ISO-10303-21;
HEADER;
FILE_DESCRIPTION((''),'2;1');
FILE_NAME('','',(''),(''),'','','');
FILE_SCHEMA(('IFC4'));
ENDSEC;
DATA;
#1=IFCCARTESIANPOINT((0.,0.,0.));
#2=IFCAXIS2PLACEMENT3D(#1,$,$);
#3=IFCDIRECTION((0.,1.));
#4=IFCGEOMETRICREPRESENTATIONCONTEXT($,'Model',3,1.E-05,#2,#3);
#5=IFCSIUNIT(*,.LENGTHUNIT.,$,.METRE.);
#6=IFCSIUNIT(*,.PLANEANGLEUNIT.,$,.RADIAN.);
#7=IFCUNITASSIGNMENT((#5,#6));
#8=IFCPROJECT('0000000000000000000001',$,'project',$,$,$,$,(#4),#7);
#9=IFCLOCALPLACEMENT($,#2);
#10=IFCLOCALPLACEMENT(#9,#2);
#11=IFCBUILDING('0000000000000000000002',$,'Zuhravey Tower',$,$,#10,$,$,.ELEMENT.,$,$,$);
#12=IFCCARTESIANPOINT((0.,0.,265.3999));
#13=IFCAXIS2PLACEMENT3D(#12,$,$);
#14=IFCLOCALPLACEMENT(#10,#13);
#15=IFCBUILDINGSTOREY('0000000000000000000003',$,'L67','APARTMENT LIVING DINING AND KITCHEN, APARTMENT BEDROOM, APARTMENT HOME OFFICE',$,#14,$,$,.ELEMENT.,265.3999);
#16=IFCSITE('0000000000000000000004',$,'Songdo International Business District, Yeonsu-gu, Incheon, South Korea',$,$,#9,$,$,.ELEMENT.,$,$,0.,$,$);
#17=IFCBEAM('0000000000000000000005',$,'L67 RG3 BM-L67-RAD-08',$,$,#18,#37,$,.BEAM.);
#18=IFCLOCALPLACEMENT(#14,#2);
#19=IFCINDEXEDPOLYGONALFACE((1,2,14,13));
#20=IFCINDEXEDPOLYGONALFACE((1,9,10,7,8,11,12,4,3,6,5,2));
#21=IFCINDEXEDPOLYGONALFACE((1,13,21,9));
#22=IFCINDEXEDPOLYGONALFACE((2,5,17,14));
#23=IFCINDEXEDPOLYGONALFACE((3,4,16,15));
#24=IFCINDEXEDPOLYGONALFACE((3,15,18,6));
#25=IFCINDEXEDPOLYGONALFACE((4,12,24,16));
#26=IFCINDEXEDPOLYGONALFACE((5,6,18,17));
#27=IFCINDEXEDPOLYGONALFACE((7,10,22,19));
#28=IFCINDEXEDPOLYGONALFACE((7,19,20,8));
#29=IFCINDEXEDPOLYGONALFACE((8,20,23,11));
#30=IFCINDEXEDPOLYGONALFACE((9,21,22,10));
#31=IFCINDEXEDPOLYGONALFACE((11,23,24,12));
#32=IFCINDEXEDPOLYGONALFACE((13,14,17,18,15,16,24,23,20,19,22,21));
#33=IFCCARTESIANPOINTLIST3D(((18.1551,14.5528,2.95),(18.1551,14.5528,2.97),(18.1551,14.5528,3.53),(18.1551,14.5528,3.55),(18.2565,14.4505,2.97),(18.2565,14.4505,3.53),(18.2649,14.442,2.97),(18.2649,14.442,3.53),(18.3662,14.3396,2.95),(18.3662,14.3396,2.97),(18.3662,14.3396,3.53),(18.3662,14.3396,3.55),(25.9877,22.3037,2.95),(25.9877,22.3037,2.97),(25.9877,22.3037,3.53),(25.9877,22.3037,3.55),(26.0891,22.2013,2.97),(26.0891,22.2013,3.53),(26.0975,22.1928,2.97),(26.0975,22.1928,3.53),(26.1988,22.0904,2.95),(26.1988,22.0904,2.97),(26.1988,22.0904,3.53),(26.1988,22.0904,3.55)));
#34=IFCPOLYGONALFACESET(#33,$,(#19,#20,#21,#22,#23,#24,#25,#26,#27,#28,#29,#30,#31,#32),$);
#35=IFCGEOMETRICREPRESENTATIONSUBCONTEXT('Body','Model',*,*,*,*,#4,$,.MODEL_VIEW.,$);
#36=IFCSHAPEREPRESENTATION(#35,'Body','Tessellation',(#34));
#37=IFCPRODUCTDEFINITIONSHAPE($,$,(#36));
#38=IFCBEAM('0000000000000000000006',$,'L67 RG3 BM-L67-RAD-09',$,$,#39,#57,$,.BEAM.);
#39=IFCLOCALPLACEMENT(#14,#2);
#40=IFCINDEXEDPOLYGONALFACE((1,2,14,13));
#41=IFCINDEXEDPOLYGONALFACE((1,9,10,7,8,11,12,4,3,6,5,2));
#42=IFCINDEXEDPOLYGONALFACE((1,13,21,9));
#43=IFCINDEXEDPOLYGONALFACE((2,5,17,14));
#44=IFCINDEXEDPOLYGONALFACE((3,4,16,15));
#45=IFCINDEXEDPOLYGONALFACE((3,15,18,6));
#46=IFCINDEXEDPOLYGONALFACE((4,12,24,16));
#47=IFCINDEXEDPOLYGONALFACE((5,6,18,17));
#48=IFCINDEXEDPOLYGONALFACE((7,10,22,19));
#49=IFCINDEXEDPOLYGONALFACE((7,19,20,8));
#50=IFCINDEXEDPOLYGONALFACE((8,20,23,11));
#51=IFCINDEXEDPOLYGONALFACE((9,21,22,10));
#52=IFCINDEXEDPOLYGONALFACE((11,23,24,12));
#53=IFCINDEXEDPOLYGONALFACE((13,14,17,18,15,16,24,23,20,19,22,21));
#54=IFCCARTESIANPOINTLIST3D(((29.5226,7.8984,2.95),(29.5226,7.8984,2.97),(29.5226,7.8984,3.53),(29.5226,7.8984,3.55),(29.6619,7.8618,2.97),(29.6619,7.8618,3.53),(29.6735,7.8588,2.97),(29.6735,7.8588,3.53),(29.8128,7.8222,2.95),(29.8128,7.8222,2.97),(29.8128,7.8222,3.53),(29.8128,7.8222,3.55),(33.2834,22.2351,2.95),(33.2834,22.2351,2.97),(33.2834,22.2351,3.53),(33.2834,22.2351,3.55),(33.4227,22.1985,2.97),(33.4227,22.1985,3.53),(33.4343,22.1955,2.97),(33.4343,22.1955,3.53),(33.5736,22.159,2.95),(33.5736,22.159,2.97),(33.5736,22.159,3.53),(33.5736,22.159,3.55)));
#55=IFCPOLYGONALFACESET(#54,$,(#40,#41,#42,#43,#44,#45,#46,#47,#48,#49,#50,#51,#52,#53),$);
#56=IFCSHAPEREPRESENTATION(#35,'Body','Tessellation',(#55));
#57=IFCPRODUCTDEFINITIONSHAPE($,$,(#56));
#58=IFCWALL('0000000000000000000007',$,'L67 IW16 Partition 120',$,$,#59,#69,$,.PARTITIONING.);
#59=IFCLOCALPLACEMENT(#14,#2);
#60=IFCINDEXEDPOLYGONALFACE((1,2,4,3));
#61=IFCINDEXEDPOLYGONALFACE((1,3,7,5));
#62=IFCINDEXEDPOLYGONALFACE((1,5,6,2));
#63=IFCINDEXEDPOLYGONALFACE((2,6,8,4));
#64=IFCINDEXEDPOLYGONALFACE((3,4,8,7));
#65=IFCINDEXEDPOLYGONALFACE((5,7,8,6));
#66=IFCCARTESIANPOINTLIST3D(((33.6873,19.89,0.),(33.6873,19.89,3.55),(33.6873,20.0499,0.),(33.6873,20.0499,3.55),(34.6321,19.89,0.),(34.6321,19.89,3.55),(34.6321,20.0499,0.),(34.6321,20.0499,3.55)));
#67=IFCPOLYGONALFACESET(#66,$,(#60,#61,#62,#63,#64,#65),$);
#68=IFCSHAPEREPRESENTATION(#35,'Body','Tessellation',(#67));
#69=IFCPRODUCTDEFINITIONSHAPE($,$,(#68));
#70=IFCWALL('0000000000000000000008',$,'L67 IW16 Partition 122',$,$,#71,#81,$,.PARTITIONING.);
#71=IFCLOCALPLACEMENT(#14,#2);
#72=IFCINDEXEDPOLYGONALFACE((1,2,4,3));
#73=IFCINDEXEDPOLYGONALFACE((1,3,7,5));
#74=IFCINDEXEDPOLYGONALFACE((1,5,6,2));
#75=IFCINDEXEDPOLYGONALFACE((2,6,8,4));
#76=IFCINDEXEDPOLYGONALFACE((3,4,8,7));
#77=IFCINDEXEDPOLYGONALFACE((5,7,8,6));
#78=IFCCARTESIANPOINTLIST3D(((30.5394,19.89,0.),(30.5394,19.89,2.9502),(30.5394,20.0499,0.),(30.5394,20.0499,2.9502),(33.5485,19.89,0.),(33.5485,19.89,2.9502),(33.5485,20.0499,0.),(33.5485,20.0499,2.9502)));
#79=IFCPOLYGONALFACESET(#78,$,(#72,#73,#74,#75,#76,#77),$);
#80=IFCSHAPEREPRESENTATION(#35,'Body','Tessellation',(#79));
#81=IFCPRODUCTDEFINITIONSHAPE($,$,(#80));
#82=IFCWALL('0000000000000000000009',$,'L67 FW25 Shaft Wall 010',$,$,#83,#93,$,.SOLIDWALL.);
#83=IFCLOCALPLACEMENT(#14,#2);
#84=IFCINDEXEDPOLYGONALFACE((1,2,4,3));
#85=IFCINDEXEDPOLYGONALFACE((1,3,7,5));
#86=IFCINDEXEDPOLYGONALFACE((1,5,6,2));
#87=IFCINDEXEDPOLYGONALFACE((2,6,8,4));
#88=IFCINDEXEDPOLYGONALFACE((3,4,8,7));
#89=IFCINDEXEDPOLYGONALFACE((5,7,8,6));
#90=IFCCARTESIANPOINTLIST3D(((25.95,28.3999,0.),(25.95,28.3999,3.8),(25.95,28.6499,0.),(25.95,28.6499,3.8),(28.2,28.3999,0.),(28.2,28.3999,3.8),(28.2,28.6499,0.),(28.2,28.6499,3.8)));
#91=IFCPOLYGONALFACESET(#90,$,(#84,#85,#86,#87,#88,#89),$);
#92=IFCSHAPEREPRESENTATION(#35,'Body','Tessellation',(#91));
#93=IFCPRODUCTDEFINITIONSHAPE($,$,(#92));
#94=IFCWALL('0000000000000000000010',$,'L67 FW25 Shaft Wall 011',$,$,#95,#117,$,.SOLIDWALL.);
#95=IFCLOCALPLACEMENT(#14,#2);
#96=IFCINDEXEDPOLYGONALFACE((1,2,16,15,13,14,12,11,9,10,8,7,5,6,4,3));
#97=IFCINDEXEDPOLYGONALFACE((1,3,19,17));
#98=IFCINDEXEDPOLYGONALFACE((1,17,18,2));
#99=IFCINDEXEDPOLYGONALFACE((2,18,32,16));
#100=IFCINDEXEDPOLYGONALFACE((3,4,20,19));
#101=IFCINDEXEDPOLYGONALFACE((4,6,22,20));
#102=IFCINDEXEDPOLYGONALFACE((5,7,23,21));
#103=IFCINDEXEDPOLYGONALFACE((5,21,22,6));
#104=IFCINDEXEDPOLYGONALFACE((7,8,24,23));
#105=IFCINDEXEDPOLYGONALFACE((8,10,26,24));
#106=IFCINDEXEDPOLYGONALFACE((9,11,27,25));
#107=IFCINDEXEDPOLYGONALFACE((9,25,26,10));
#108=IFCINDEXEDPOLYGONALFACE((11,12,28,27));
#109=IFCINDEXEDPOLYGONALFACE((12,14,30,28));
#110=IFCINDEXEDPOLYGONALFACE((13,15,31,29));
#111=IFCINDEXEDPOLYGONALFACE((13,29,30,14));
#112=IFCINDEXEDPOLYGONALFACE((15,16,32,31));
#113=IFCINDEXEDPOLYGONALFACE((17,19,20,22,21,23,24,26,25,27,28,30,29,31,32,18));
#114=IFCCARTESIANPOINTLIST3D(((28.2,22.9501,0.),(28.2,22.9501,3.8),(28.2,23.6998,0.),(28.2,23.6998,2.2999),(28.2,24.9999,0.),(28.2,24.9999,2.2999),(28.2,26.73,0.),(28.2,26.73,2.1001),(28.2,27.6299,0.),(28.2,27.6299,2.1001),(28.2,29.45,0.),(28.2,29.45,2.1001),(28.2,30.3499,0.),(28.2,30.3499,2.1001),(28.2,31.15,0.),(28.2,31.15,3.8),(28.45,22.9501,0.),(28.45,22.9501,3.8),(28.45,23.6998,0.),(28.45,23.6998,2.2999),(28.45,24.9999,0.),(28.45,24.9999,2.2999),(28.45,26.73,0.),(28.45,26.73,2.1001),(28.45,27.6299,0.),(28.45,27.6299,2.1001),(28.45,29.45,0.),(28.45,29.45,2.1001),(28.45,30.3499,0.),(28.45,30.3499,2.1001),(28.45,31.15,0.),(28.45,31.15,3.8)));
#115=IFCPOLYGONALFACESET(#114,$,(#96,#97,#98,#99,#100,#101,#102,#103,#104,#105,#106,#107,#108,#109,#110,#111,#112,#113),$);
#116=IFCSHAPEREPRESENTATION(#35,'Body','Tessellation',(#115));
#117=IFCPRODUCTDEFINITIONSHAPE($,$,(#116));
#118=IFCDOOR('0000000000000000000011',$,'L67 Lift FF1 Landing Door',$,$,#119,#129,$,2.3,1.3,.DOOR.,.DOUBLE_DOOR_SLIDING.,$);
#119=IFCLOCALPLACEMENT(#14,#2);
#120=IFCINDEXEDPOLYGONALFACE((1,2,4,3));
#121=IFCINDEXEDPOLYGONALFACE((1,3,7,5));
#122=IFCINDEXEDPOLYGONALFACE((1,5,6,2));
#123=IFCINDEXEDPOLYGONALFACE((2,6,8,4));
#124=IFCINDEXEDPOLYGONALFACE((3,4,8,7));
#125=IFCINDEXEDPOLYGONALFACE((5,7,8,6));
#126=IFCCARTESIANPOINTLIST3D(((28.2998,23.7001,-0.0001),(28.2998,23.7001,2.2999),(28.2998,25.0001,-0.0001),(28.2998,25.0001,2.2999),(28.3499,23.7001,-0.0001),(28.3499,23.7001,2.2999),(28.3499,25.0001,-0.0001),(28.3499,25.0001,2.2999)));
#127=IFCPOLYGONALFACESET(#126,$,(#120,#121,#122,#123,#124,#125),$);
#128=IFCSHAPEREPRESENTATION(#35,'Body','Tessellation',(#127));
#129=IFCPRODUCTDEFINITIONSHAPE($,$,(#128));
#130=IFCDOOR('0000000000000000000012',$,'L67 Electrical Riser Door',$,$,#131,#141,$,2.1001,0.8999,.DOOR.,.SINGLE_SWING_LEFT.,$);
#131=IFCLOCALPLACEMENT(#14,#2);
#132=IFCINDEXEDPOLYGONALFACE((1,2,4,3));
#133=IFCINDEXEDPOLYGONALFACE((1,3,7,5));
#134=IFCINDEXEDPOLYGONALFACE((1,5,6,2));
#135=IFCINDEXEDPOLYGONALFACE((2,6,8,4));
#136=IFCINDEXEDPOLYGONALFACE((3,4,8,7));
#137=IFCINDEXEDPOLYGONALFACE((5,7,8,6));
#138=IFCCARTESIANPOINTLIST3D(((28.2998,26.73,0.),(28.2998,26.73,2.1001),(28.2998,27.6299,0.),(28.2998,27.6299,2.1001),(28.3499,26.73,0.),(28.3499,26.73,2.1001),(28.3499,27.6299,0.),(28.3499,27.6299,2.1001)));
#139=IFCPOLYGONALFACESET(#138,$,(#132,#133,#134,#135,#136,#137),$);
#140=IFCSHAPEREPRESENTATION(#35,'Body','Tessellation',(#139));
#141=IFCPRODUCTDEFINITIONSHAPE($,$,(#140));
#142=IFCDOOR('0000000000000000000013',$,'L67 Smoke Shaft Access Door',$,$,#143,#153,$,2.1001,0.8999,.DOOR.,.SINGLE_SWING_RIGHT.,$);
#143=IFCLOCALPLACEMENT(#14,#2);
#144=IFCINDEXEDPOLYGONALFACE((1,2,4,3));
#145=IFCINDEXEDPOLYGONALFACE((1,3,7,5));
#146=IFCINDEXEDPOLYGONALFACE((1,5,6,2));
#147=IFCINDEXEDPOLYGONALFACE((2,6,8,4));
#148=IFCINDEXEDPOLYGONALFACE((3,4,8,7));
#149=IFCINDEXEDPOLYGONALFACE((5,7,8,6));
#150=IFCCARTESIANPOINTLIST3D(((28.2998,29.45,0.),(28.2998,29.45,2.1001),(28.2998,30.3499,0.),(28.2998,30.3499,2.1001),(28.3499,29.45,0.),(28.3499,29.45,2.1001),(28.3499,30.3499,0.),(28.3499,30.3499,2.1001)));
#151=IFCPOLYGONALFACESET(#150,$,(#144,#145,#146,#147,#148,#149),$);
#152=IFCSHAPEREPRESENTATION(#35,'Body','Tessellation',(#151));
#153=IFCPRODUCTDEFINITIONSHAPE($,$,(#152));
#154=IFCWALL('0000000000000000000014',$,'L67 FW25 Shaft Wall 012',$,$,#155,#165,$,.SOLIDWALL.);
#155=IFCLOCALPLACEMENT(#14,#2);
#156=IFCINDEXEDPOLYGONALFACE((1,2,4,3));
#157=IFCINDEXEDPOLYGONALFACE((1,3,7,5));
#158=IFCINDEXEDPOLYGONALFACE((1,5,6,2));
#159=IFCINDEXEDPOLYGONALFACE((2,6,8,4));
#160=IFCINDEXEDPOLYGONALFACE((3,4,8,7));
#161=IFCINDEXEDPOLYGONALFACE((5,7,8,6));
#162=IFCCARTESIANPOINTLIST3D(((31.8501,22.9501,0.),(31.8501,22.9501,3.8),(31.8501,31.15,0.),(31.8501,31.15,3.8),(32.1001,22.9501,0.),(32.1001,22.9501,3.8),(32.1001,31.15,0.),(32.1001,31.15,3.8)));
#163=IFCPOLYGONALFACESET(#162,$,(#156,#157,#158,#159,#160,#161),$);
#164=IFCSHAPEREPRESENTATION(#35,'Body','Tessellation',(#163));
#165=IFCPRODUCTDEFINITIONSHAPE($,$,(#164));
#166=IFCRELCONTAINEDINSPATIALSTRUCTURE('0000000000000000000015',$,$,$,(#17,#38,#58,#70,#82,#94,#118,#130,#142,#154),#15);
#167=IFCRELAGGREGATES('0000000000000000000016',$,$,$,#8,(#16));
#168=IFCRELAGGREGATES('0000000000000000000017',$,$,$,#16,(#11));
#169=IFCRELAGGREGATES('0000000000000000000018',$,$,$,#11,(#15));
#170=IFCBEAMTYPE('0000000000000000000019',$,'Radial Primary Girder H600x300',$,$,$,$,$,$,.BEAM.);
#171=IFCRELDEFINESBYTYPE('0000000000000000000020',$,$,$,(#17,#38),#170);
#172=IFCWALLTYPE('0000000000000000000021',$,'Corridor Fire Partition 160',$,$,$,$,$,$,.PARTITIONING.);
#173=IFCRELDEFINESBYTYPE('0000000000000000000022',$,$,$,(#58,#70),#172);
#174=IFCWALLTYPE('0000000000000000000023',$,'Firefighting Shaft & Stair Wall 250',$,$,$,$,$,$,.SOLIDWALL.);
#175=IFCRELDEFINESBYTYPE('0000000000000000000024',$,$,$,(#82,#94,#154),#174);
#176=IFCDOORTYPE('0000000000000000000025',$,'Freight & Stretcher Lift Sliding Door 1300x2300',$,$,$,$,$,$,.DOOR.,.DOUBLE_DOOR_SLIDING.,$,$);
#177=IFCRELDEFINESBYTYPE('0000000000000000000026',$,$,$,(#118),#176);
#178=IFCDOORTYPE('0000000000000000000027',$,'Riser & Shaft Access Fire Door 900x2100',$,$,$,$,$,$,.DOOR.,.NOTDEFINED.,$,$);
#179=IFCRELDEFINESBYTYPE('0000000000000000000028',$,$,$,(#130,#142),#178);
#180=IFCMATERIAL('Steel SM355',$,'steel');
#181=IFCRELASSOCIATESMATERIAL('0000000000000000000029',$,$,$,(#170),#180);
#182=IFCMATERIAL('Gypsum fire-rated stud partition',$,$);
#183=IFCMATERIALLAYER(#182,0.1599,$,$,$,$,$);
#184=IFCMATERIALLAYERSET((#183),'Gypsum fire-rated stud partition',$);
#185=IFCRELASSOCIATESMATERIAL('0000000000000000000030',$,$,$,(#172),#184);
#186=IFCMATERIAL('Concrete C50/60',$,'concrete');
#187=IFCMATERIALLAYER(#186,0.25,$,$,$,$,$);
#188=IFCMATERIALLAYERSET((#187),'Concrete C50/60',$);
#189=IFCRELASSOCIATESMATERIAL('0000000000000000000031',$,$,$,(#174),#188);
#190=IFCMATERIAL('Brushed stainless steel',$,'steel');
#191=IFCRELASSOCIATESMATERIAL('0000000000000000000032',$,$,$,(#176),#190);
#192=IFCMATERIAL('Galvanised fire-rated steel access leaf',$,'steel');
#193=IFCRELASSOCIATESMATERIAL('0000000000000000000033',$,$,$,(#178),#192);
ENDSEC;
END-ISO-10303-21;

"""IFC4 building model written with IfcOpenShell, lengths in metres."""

from ifc_helpers import new_model, si_unit, direction, frame, frame_2d, origin, origin_2d, place, context, subcontext, project, spatial, rectangle, i_section, extrude, material, layer, layer_set, material_profile, profile_set, type_object, element, fill, save


model = new_model("IFC4")

# Units and contexts
model_context = context("Model", 3, precision=1e-05, world=origin(), true_north=direction((0.0, 1.0)))
body_context = subcontext(model_context, "Body", "Model", "MODEL_VIEW")
ifc_project = project(units=[si_unit("LENGTHUNIT", "METRE"), si_unit("PLANEANGLEUNIT", "RADIAN")], contexts=[model_context])

# Site, building, storey
site_placement = place(None, origin())
site = spatial("IfcSite", under=ifc_project, at=site_placement, Name="Songdo International Business District, Yeonsu-gu, Incheon, South Korea", CompositionType="ELEMENT", RefElevation=0.0)
building_placement = place(site_placement, origin())
building = spatial("IfcBuilding", under=site, at=building_placement, Name="Zuhravey Tower", CompositionType="ELEMENT")
storey_placement = place(building_placement, frame((0.0, 0.0, 265.3999)))
storey = spatial("IfcBuildingStorey", under=building, at=storey_placement, Name="L67", Description="APARTMENT LIVING DINING AND KITCHEN, APARTMENT BEDROOM, APARTMENT HOME OFFICE", CompositionType="ELEMENT", Elevation=265.3999)

# Beams
ifc_material_1 = material(Name="Steel SM355", Category="steel")
ifc_material_profile = material_profile(ifc_material_1, i_section(OverallWidth=0.3, OverallDepth=0.6001, WebThickness=0.012, FlangeThickness=0.02, at=origin_2d()), Name="H-600x300x12x20")
ifc_profile_set = profile_set([ifc_material_profile], Name="Steel SM355")
beam_type = type_object("IfcBeamType", Name="Radial Primary Girder H600x300", PredefinedType="BEAM", material=ifc_profile_set)
beam_1_placement = place(storey_placement, frame((26.0933, 22.197, 3.25), z_axis=(-0.710808, -0.703386, 0.0), x_axis=(0.703386, -0.710808, 0.0)))
element("IfcBeam", 1, at=beam_1_placement, inside=storey, type_object=beam_type, Name="L67 RG3 BM-L67-RAD-08", PredefinedType="BEAM", context=body_context, shape_type="SweptSolid", body=[
    extrude(i_section(OverallWidth=0.3, OverallDepth=0.6001, WebThickness=0.012, FlangeThickness=0.02, at=origin_2d()), origin(), (0.0, 0.0, 1.0), 11.0193),
])
beam_2_placement = place(storey_placement, frame((33.4285, 22.197, 3.25), z_axis=(-0.253732, -0.967275, 0.0), x_axis=(0.967275, -0.253732, 0.0)))
element("IfcBeam", 2, at=beam_2_placement, inside=storey, type_object=beam_type, Name="L67 RG3 BM-L67-RAD-09", PredefinedType="BEAM", context=body_context, shape_type="SweptSolid", body=[
    extrude(i_section(OverallWidth=0.3, OverallDepth=0.6001, WebThickness=0.012, FlangeThickness=0.02, at=origin_2d()), origin(), (0.0, 0.0, 1.0), 14.8218),
])

# Walls
ifc_material_2 = material(Name="Gypsum fire-rated stud partition")
ifc_layer_1 = layer(ifc_material_2, 0.1599)
ifc_layer_set_1 = layer_set([ifc_layer_1], Name="Gypsum fire-rated stud partition")
wall_type_1 = type_object("IfcWallType", Name="Corridor Fire Partition 160", PredefinedType="PARTITIONING", material=ifc_layer_set_1)
wall_1_placement = place(storey_placement, frame((33.6873, 19.97, 0.0), z_axis=(0.0, 0.0, 1.0), x_axis=(1.0, 0.0, 0.0)))
element("IfcWall", 3, at=wall_1_placement, inside=storey, type_object=wall_type_1, Name="L67 IW16 Partition 120", PredefinedType="PARTITIONING", context=body_context, shape_type="SweptSolid", body=[
    extrude(rectangle(XDim=0.9448, YDim=0.1599, at=frame_2d((0.4724, 0.0))), origin(), (0.0, 0.0, 1.0), 3.55),
])
wall_2_placement = place(storey_placement, frame((30.5396, 19.97, 0.0), z_axis=(0.0, 0.0, 1.0), x_axis=(1.0, 0.0, 0.0)))
element("IfcWall", 4, at=wall_2_placement, inside=storey, type_object=wall_type_1, Name="L67 IW16 Partition 122", PredefinedType="PARTITIONING", context=body_context, shape_type="SweptSolid", body=[
    extrude(rectangle(XDim=3.009, YDim=0.1599, at=frame_2d((1.5044, 0.0))), origin(), (0.0, 0.0, 1.0), 2.9502),
])
ifc_material_3 = material(Name="Concrete C50/60", Category="concrete")
ifc_layer_2 = layer(ifc_material_3, 0.25)
ifc_layer_set_2 = layer_set([ifc_layer_2], Name="Concrete C50/60")
wall_type_2 = type_object("IfcWallType", Name="Firefighting Shaft & Stair Wall 250", PredefinedType="SOLIDWALL", material=ifc_layer_set_2)
wall_3_placement = place(storey_placement, frame((25.95, 28.5249, 0.0), z_axis=(0.0, 0.0, 1.0), x_axis=(1.0, 0.0, 0.0)))
element("IfcWall", 5, at=wall_3_placement, inside=storey, type_object=wall_type_2, Name="L67 FW25 Shaft Wall 010", PredefinedType="SOLIDWALL", context=body_context, shape_type="SweptSolid", body=[
    extrude(rectangle(XDim=2.25, YDim=0.25, at=frame_2d((1.125, 0.0))), origin(), (0.0, 0.0, 1.0), 3.8),
])

# Wall, openings, doors
wall_4_placement = place(storey_placement, frame((28.325, 22.95, 0.0), z_axis=(0.0, 0.0, 1.0), x_axis=(0.0, 1.0, 0.0)))
wall_4 = element("IfcWall", 6, at=wall_4_placement, inside=storey, type_object=wall_type_2, Name="L67 FW25 Shaft Wall 011", PredefinedType="SOLIDWALL", context=body_context, shape_type="SweptSolid", body=[
    extrude(rectangle(XDim=8.2, YDim=0.25, at=frame_2d((4.1001, 0.0))), origin(), (0.0, 0.0, 1.0), 3.8),
])
opening_1_placement = place(wall_4_placement, frame((0.75, 0.0, 0.0)))
opening_1 = element("IfcOpeningElement", 7, at=opening_1_placement, cuts=wall_4, PredefinedType="OPENING", context=body_context, shape_type="SweptSolid", body=[
    extrude(rectangle(XDim=1.3, YDim=2.3, at=frame_2d((0.6499, 1.1499))), frame((0.0, 0.137, 0.0), z_axis=(0.0, -1.0, 0.0), x_axis=(1.0, 0.0, 0.0)), (0.0, 0.0, 1.0), 0.2739),
])
opening_2_placement = place(wall_4_placement, frame((3.78, 0.0, 0.0)))
opening_2 = element("IfcOpeningElement", 8, at=opening_2_placement, cuts=wall_4, PredefinedType="OPENING", context=body_context, shape_type="SweptSolid", body=[
    extrude(rectangle(XDim=0.8999, YDim=2.1001, at=frame_2d((0.45, 1.05))), frame((0.0, 0.137, 0.0), z_axis=(0.0, -1.0, 0.0), x_axis=(1.0, 0.0, 0.0)), (0.0, 0.0, 1.0), 0.2739),
])
opening_3_placement = place(wall_4_placement, frame((6.5, 0.0, 0.0)))
opening_3 = element("IfcOpeningElement", 9, at=opening_3_placement, cuts=wall_4, PredefinedType="OPENING", context=body_context, shape_type="SweptSolid", body=[
    extrude(rectangle(XDim=0.8999, YDim=2.1001, at=frame_2d((0.45, 1.05))), frame((0.0, 0.137, 0.0), z_axis=(0.0, -1.0, 0.0), x_axis=(1.0, 0.0, 0.0)), (0.0, 0.0, 1.0), 0.2739),
])
ifc_material_4 = material(Name="Brushed stainless steel", Category="steel")
door_type_1 = type_object("IfcDoorType", Name="Freight & Stretcher Lift Sliding Door 1300x2300", OperationType="DOUBLE_DOOR_SLIDING", PredefinedType="DOOR", material=ifc_material_4)
door_1_placement = place(opening_1_placement, frame((1.3, 0.0, 0.0), z_axis=(0.0, 0.0, 1.0), x_axis=(-1.0, 0.0, 0.0)))
door_1 = element("IfcDoor", 10, at=door_1_placement, inside=storey, type_object=door_type_1, Name="L67 Lift FF1 Landing Door", OperationType="DOUBLE_DOOR_SLIDING", OverallHeight=2.3, OverallWidth=1.3, PredefinedType="DOOR", context=body_context, shape_type="SweptSolid", body=[
    extrude(rectangle(XDim=1.3, YDim=2.3, at=frame_2d((0.6499, 1.1499))), frame((0.0, 0.0249, 0.0), z_axis=(0.0, -1.0, 0.0), x_axis=(1.0, 0.0, 0.0)), (0.0, 0.0, 1.0), 0.05),
])
fill(opening_1, door_1)
ifc_material_5 = material(Name="Galvanised fire-rated steel access leaf", Category="steel")
door_type_2 = type_object("IfcDoorType", Name="Riser & Shaft Access Fire Door 900x2100", OperationType="NOTDEFINED", PredefinedType="DOOR", material=ifc_material_5)
door_2_placement = place(opening_2_placement, frame((0.8999, 0.0, 0.0), z_axis=(0.0, 0.0, 1.0), x_axis=(-1.0, 0.0, 0.0)))
door_2 = element("IfcDoor", 11, at=door_2_placement, inside=storey, type_object=door_type_2, Name="L67 Electrical Riser Door", OperationType="SINGLE_SWING_LEFT", OverallHeight=2.1001, OverallWidth=0.8999, PredefinedType="DOOR", context=body_context, shape_type="SweptSolid", body=[
    extrude(rectangle(XDim=0.8999, YDim=2.1001, at=frame_2d((0.45, 1.05))), frame((0.0, 0.0249, 0.0), z_axis=(0.0, -1.0, 0.0), x_axis=(1.0, 0.0, 0.0)), (0.0, 0.0, 1.0), 0.05),
])
fill(opening_2, door_2)
door_3_placement = place(opening_3_placement, frame((0.8999, 0.0, 0.0), z_axis=(0.0, 0.0, 1.0), x_axis=(-1.0, 0.0, 0.0)))
door_3 = element("IfcDoor", 12, at=door_3_placement, inside=storey, type_object=door_type_2, Name="L67 Smoke Shaft Access Door", OperationType="SINGLE_SWING_RIGHT", OverallHeight=2.1001, OverallWidth=0.8999, PredefinedType="DOOR", context=body_context, shape_type="SweptSolid", body=[
    extrude(rectangle(XDim=0.8999, YDim=2.1001, at=frame_2d((0.45, 1.05))), frame((0.0, 0.0249, 0.0), z_axis=(0.0, -1.0, 0.0), x_axis=(1.0, 0.0, 0.0)), (0.0, 0.0, 1.0), 0.05),
])
fill(opening_3, door_3)

# Wall
wall_5_placement = place(storey_placement, frame((31.9751, 22.95, 0.0), z_axis=(0.0, 0.0, 1.0), x_axis=(0.0, 1.0, 0.0)))
element("IfcWall", 13, at=wall_5_placement, inside=storey, type_object=wall_type_2, Name="L67 FW25 Shaft Wall 012", PredefinedType="SOLIDWALL", context=body_context, shape_type="SweptSolid", body=[
    extrude(rectangle(XDim=8.2, YDim=0.25, at=frame_2d((4.1001, 0.0))), origin(), (0.0, 0.0, 1.0), 3.8),
])

save(model, "model.ifc")
